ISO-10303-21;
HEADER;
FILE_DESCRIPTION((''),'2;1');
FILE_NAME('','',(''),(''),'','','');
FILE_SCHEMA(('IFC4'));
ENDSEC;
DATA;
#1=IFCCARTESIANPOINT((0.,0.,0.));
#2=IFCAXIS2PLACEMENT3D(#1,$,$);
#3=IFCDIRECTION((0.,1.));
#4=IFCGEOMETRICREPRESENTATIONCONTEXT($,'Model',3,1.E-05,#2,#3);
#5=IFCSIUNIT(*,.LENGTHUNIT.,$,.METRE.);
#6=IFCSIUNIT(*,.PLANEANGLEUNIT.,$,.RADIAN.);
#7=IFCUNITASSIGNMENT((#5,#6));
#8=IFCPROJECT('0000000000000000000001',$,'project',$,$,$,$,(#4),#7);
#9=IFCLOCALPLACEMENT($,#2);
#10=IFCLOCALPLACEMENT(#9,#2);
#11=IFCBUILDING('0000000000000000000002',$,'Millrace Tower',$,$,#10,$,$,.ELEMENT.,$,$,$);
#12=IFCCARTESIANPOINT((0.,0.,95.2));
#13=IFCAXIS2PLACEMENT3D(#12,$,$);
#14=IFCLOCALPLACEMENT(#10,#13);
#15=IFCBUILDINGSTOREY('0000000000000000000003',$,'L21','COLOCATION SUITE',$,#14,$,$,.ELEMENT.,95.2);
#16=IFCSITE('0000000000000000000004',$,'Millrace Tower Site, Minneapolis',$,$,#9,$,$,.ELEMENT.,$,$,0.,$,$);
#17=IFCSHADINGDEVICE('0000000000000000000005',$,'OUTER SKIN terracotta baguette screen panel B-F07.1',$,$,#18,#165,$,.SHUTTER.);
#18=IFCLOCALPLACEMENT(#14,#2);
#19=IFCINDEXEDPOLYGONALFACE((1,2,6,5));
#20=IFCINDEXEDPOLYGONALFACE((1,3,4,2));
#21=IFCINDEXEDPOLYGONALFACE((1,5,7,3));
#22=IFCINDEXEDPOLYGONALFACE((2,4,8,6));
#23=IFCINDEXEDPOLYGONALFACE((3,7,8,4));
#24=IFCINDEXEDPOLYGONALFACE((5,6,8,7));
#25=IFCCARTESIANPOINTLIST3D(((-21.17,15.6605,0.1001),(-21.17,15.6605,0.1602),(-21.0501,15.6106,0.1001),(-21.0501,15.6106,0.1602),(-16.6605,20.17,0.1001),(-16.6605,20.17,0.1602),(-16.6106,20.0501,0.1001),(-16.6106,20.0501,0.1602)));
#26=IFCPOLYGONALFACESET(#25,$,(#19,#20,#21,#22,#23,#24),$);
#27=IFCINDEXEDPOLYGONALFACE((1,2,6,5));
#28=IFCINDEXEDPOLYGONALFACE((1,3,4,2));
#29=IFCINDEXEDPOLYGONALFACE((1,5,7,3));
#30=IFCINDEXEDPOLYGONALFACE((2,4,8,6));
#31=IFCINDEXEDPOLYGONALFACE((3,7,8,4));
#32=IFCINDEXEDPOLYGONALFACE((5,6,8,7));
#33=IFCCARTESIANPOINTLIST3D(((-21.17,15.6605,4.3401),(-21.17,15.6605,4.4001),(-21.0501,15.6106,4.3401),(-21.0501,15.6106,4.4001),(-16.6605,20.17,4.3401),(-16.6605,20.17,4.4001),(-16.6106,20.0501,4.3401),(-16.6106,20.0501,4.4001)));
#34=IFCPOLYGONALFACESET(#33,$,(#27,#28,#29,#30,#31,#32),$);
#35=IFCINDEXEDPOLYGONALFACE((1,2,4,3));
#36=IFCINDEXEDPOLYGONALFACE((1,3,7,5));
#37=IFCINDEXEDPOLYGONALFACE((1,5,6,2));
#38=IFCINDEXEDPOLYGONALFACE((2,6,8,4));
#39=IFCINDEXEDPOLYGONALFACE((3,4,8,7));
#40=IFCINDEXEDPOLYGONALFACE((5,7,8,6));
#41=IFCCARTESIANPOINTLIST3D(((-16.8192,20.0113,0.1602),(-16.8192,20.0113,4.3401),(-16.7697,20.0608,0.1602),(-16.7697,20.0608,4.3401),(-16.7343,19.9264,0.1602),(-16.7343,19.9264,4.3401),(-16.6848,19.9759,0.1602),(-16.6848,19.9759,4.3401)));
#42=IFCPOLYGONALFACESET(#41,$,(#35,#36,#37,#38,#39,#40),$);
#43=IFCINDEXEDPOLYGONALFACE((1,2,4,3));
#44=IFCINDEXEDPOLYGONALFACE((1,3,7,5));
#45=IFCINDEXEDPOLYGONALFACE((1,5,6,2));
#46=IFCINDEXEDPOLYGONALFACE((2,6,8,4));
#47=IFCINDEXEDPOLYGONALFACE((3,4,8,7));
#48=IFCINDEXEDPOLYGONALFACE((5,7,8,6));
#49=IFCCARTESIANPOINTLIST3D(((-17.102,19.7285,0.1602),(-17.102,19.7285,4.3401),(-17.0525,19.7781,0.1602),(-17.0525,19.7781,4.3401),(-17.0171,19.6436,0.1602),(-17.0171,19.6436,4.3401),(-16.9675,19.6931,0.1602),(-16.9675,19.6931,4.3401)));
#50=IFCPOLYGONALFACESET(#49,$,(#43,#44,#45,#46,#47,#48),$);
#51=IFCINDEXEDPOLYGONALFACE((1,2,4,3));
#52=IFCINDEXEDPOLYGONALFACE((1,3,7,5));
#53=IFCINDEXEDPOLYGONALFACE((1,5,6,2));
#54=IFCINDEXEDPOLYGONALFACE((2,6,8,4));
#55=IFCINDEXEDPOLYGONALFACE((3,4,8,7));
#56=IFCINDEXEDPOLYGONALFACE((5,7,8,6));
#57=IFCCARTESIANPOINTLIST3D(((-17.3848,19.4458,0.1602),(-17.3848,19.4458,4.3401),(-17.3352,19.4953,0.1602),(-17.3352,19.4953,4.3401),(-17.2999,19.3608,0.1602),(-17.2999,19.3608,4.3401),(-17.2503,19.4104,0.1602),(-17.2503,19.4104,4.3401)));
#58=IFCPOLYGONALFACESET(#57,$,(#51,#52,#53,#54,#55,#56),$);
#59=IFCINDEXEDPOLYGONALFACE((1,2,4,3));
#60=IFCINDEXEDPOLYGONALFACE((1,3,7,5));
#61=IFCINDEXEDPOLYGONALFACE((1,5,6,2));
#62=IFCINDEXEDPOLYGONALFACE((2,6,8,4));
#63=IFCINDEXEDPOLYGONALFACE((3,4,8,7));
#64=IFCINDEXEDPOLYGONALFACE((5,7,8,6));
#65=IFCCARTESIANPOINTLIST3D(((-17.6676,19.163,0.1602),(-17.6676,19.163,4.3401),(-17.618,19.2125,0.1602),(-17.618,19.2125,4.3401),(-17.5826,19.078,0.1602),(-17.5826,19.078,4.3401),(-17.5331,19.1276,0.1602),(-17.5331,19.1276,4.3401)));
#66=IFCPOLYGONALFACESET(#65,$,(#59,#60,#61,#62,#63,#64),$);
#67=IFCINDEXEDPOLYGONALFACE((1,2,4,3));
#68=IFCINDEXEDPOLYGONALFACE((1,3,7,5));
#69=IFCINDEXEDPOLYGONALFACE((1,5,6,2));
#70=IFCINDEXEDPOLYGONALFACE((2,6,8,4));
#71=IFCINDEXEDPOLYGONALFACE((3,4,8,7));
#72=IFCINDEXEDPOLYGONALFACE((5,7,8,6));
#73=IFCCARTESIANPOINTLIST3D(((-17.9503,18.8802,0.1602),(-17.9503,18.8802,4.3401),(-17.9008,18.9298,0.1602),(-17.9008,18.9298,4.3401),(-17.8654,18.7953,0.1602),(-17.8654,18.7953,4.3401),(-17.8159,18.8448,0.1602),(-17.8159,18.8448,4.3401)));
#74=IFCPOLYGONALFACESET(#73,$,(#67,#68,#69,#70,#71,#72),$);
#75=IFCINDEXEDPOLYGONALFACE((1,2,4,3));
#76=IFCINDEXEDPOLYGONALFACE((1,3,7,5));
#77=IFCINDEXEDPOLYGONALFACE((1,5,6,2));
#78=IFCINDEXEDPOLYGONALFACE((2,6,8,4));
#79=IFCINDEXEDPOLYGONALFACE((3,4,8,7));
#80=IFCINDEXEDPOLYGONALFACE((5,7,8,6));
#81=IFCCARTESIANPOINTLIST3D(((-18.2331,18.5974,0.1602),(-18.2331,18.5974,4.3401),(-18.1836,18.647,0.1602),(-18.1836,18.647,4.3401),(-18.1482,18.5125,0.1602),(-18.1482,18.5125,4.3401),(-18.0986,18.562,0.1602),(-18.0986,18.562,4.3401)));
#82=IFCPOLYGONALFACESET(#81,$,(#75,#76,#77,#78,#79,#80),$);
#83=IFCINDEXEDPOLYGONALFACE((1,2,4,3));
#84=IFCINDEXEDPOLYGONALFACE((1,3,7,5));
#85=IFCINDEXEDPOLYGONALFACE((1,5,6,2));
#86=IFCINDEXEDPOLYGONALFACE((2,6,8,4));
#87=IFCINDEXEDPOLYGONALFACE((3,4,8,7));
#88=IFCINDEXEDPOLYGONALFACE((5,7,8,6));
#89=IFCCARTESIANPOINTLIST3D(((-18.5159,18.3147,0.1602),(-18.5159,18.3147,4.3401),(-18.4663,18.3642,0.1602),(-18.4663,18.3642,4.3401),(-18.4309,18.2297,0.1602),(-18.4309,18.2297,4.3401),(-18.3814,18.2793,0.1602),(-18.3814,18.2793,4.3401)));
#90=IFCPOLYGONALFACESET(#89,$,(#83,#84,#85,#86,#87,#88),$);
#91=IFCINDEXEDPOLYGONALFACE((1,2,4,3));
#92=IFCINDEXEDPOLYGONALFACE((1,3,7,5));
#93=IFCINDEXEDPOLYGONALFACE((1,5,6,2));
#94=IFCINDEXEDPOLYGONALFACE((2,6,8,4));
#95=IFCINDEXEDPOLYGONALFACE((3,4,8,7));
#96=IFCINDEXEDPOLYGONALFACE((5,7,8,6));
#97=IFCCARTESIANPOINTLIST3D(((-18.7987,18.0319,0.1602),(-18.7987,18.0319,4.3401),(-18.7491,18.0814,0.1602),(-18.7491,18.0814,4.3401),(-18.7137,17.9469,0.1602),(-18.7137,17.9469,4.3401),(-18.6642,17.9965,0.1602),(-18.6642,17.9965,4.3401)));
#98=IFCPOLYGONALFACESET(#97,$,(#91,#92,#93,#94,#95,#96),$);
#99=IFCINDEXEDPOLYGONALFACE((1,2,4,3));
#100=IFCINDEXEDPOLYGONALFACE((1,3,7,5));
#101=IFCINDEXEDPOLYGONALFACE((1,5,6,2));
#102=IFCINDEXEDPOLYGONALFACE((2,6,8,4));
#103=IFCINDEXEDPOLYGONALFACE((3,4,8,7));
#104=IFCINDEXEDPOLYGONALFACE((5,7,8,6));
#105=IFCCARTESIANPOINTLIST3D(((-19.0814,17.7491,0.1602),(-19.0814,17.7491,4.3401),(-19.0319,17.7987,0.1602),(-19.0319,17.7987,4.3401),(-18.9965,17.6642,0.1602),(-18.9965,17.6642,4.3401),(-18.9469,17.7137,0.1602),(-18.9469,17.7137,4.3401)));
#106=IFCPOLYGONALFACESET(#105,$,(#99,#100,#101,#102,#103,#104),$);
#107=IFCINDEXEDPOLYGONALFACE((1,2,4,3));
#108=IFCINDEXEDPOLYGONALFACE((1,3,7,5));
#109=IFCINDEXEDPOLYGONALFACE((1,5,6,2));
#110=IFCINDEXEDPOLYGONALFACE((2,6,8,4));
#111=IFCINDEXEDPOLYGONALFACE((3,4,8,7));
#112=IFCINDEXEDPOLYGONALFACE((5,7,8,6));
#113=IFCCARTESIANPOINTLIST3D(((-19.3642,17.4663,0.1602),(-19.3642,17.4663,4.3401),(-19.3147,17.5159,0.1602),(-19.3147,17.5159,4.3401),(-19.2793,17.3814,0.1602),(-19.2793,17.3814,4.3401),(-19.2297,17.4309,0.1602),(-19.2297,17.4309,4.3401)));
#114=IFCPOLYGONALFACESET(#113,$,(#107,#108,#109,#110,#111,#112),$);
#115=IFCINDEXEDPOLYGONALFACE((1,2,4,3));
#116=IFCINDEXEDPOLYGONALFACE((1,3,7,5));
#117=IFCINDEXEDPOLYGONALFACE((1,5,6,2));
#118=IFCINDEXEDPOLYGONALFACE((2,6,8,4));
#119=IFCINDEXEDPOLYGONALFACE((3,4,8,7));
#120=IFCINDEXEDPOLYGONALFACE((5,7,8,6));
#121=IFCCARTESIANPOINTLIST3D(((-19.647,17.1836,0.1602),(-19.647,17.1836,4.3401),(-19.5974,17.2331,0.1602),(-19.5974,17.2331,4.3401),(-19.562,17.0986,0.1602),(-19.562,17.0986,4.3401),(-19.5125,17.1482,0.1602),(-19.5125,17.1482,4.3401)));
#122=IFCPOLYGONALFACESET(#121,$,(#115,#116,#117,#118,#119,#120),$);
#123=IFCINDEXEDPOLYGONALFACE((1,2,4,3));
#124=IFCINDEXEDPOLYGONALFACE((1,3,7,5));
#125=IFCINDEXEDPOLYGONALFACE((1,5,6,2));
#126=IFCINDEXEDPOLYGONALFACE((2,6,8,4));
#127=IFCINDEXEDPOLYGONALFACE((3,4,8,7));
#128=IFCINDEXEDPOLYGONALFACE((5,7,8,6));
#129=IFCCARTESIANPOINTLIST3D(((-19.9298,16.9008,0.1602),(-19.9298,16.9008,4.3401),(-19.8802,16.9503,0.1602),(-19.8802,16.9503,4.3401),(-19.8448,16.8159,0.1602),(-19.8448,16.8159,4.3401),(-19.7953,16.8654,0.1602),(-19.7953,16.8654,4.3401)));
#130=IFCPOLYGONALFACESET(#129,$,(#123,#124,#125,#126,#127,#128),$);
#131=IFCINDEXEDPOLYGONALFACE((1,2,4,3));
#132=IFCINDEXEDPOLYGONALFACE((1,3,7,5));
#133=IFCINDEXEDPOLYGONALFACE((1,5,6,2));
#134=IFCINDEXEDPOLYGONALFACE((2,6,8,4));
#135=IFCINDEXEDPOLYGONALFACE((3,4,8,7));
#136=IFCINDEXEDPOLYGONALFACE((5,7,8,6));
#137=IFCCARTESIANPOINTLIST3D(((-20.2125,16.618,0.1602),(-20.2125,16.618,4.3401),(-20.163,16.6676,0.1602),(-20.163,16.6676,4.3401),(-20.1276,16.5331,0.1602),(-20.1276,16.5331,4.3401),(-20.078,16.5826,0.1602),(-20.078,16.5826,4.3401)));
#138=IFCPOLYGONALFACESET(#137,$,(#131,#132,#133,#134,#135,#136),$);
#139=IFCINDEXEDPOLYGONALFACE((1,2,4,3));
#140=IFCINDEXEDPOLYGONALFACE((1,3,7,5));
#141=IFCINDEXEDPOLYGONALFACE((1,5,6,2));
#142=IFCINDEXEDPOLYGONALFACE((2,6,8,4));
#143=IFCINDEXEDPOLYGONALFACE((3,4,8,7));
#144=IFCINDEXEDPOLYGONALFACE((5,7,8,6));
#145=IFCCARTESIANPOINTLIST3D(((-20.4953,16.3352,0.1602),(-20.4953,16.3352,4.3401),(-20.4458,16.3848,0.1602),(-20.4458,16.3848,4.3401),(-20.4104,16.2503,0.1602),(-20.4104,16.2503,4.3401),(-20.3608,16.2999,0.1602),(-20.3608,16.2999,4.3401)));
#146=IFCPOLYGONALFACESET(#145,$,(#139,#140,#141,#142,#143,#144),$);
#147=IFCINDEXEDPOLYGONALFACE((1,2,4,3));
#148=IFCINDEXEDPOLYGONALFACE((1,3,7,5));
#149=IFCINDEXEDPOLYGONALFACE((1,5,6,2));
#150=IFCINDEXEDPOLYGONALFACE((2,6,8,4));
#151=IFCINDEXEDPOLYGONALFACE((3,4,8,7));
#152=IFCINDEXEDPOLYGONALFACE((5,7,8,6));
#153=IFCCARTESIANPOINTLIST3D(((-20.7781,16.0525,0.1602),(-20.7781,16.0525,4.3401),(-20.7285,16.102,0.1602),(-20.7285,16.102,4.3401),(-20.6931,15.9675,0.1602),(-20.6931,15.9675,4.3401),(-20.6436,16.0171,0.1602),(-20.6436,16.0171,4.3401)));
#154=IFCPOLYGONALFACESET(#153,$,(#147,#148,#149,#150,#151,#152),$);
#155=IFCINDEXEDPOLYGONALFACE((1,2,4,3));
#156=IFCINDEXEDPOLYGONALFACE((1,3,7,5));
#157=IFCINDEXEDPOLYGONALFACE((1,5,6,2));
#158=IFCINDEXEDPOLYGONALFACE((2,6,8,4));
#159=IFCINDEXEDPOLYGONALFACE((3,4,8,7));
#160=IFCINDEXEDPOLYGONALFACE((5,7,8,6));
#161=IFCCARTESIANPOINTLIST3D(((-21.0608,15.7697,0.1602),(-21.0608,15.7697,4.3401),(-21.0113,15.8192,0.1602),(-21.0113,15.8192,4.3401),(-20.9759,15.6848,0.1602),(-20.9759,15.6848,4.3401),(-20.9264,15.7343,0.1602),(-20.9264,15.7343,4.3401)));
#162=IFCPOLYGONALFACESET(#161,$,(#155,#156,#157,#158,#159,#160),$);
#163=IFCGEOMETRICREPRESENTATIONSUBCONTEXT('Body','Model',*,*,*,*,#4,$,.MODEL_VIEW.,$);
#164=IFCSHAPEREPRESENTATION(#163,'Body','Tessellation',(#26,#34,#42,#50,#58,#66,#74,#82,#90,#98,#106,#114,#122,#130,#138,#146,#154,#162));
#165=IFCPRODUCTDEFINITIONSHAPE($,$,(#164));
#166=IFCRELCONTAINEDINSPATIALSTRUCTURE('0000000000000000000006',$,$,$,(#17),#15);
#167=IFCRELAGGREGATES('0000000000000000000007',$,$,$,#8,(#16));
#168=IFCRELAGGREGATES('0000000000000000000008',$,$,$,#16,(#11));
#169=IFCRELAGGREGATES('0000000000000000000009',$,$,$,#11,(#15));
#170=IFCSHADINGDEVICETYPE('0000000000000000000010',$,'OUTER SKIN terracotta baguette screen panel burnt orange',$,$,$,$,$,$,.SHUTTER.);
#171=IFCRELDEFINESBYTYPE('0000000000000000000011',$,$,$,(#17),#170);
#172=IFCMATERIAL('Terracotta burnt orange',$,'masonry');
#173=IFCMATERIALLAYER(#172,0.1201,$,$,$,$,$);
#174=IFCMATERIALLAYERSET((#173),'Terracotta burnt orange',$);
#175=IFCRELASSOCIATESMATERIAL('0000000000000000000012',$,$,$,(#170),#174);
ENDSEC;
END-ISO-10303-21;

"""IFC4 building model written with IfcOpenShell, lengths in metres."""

from ifc_helpers import new_model, entity, si_unit, direction, frame, frame_2d, origin, place, context, subcontext, project, spatial, rectangle, extrude, source, transform, mapped, material, layer, layer_set, type_object, element, save


model = new_model("IFC4")

# Units and contexts
model_context = context("Model", 3, precision=1e-05, world=origin(), true_north=direction((0.0, 1.0)))
body_context = subcontext(model_context, "Body", "Model", "MODEL_VIEW")
ifc_project = project(units=[si_unit("LENGTHUNIT", "METRE"), si_unit("PLANEANGLEUNIT", "RADIAN")], contexts=[model_context])

# Site, building, storey
site_placement = place(None, origin())
site = spatial("IfcSite", under=ifc_project, at=site_placement, Name="Millrace Tower Site, Minneapolis", CompositionType="ELEMENT", RefElevation=0.0)
building_placement = place(site_placement, origin())
building = spatial("IfcBuilding", under=site, at=building_placement, Name="Millrace Tower", CompositionType="ELEMENT")
storey_placement = place(building_placement, frame((0.0, 0.0, 95.2)))
storey = spatial("IfcBuildingStorey", under=building, at=storey_placement, Name="L21", Description="COLOCATION SUITE", CompositionType="ELEMENT", Elevation=95.2)

# Shading device
ifc_material_1 = material(Name="Terracotta burnt orange", Category="masonry")
ifc_layer_1 = layer(ifc_material_1, 0.1201)
ifc_layer_set_1 = layer_set([ifc_layer_1], Name="Terracotta burnt orange")
shading_device_type = type_object("IfcShadingDeviceType", Name="OUTER SKIN terracotta baguette screen panel burnt orange", PredefinedType="SHUTTER", material=ifc_layer_set_1)
cartesian_point_1 = entity("IfcCartesianPoint", [-3.1392, 0.0601])
shared_polyline_1 = entity("IfcPolyline", [cartesian_point_1, entity("IfcCartesianPoint", [3.1392, 0.0601]), entity("IfcCartesianPoint", [3.1887, -0.0601]), entity("IfcCartesianPoint", [-3.1887, -0.0601]), cartesian_point_1])
shared_shape_1 = source(origin(), body_context, "Body", "SweptSolid", [
    entity("IfcExtrudedAreaSolid", entity("IfcArbitraryClosedProfileDef", "AREA", None, shared_polyline_1), entity("IfcAxis2Placement3D", entity("IfcCartesianPoint", [0.0, 0.0, 0.0])), entity("IfcDirection", [0.0, 0.0, 1.0]), 0.0601),
    entity("IfcExtrudedAreaSolid", entity("IfcArbitraryClosedProfileDef", "AREA", None, shared_polyline_1), entity("IfcAxis2Placement3D", entity("IfcCartesianPoint", [0.0, 0.0, 4.24])), entity("IfcDirection", [0.0, 0.0, 1.0]), 0.0601),
    extrude(rectangle(XDim=0.0701, YDim=0.1201, at=frame_2d((-2.9993, 0.0))), frame((0.0, 0.0, 0.0601)), (0.0, 0.0, 1.0), 4.1799),
    extrude(rectangle(XDim=0.0701, YDim=0.1201, at=frame_2d((-2.5994, 0.0))), frame((0.0, 0.0, 0.0601)), (0.0, 0.0, 1.0), 4.1799),
    extrude(rectangle(XDim=0.0701, YDim=0.1201, at=frame_2d((-2.1995, 0.0))), frame((0.0, 0.0, 0.0601)), (0.0, 0.0, 1.0), 4.1799),
    extrude(rectangle(XDim=0.0701, YDim=0.1201, at=frame_2d((-1.7996, 0.0))), frame((0.0, 0.0, 0.0601)), (0.0, 0.0, 1.0), 4.1799),
    extrude(rectangle(XDim=0.0701, YDim=0.1201, at=frame_2d((-1.3997, 0.0))), frame((0.0, 0.0, 0.0601)), (0.0, 0.0, 1.0), 4.1799),
    extrude(rectangle(XDim=0.0701, YDim=0.1201, at=frame_2d((-0.9998, 0.0))), frame((0.0, 0.0, 0.0601)), (0.0, 0.0, 1.0), 4.1799),
    extrude(rectangle(XDim=0.0701, YDim=0.1201, at=frame_2d((-0.5999, 0.0))), frame((0.0, 0.0, 0.0601)), (0.0, 0.0, 1.0), 4.1799),
    extrude(rectangle(XDim=0.0701, YDim=0.1201, at=frame_2d((-0.2, 0.0))), frame((0.0, 0.0, 0.0601)), (0.0, 0.0, 1.0), 4.1799),
    extrude(rectangle(XDim=0.0701, YDim=0.1201, at=frame_2d((0.2, 0.0))), frame((0.0, 0.0, 0.0601)), (0.0, 0.0, 1.0), 4.1799),
    extrude(rectangle(XDim=0.0701, YDim=0.1201, at=frame_2d((0.5999, 0.0))), frame((0.0, 0.0, 0.0601)), (0.0, 0.0, 1.0), 4.1799),
    extrude(rectangle(XDim=0.0701, YDim=0.1201, at=frame_2d((0.9998, 0.0))), frame((0.0, 0.0, 0.0601)), (0.0, 0.0, 1.0), 4.1799),
    extrude(rectangle(XDim=0.0701, YDim=0.1201, at=frame_2d((1.3997, 0.0))), frame((0.0, 0.0, 0.0601)), (0.0, 0.0, 1.0), 4.1799),
    extrude(rectangle(XDim=0.0701, YDim=0.1201, at=frame_2d((1.7996, 0.0))), frame((0.0, 0.0, 0.0601)), (0.0, 0.0, 1.0), 4.1799),
    extrude(rectangle(XDim=0.0701, YDim=0.1201, at=frame_2d((2.1995, 0.0))), frame((0.0, 0.0, 0.0601)), (0.0, 0.0, 1.0), 4.1799),
    extrude(rectangle(XDim=0.0701, YDim=0.1201, at=frame_2d((2.5994, 0.0))), frame((0.0, 0.0, 0.0601)), (0.0, 0.0, 1.0), 4.1799),
    extrude(rectangle(XDim=0.0701, YDim=0.1201, at=frame_2d((2.9993, 0.0))), frame((0.0, 0.0, 0.0601)), (0.0, 0.0, 1.0), 4.1799),
])
shading_device_1_placement = place(storey_placement, frame((-18.8728, 17.8728, 0.1001), z_axis=(0.0, 0.0, 1.0), x_axis=(-0.707107, -0.707107, 0.0)))
element("IfcShadingDevice", 1, at=shading_device_1_placement, inside=storey, type_object=shading_device_type, Name="OUTER SKIN terracotta baguette screen panel B-F07.1", PredefinedType="SHUTTER", context=body_context, shape_type="MappedRepresentation", body=[
    mapped(shared_shape_1, transform((0.0, 0.0, 0.0), scale=1.0)),
])

save(model, "model.ifc")
